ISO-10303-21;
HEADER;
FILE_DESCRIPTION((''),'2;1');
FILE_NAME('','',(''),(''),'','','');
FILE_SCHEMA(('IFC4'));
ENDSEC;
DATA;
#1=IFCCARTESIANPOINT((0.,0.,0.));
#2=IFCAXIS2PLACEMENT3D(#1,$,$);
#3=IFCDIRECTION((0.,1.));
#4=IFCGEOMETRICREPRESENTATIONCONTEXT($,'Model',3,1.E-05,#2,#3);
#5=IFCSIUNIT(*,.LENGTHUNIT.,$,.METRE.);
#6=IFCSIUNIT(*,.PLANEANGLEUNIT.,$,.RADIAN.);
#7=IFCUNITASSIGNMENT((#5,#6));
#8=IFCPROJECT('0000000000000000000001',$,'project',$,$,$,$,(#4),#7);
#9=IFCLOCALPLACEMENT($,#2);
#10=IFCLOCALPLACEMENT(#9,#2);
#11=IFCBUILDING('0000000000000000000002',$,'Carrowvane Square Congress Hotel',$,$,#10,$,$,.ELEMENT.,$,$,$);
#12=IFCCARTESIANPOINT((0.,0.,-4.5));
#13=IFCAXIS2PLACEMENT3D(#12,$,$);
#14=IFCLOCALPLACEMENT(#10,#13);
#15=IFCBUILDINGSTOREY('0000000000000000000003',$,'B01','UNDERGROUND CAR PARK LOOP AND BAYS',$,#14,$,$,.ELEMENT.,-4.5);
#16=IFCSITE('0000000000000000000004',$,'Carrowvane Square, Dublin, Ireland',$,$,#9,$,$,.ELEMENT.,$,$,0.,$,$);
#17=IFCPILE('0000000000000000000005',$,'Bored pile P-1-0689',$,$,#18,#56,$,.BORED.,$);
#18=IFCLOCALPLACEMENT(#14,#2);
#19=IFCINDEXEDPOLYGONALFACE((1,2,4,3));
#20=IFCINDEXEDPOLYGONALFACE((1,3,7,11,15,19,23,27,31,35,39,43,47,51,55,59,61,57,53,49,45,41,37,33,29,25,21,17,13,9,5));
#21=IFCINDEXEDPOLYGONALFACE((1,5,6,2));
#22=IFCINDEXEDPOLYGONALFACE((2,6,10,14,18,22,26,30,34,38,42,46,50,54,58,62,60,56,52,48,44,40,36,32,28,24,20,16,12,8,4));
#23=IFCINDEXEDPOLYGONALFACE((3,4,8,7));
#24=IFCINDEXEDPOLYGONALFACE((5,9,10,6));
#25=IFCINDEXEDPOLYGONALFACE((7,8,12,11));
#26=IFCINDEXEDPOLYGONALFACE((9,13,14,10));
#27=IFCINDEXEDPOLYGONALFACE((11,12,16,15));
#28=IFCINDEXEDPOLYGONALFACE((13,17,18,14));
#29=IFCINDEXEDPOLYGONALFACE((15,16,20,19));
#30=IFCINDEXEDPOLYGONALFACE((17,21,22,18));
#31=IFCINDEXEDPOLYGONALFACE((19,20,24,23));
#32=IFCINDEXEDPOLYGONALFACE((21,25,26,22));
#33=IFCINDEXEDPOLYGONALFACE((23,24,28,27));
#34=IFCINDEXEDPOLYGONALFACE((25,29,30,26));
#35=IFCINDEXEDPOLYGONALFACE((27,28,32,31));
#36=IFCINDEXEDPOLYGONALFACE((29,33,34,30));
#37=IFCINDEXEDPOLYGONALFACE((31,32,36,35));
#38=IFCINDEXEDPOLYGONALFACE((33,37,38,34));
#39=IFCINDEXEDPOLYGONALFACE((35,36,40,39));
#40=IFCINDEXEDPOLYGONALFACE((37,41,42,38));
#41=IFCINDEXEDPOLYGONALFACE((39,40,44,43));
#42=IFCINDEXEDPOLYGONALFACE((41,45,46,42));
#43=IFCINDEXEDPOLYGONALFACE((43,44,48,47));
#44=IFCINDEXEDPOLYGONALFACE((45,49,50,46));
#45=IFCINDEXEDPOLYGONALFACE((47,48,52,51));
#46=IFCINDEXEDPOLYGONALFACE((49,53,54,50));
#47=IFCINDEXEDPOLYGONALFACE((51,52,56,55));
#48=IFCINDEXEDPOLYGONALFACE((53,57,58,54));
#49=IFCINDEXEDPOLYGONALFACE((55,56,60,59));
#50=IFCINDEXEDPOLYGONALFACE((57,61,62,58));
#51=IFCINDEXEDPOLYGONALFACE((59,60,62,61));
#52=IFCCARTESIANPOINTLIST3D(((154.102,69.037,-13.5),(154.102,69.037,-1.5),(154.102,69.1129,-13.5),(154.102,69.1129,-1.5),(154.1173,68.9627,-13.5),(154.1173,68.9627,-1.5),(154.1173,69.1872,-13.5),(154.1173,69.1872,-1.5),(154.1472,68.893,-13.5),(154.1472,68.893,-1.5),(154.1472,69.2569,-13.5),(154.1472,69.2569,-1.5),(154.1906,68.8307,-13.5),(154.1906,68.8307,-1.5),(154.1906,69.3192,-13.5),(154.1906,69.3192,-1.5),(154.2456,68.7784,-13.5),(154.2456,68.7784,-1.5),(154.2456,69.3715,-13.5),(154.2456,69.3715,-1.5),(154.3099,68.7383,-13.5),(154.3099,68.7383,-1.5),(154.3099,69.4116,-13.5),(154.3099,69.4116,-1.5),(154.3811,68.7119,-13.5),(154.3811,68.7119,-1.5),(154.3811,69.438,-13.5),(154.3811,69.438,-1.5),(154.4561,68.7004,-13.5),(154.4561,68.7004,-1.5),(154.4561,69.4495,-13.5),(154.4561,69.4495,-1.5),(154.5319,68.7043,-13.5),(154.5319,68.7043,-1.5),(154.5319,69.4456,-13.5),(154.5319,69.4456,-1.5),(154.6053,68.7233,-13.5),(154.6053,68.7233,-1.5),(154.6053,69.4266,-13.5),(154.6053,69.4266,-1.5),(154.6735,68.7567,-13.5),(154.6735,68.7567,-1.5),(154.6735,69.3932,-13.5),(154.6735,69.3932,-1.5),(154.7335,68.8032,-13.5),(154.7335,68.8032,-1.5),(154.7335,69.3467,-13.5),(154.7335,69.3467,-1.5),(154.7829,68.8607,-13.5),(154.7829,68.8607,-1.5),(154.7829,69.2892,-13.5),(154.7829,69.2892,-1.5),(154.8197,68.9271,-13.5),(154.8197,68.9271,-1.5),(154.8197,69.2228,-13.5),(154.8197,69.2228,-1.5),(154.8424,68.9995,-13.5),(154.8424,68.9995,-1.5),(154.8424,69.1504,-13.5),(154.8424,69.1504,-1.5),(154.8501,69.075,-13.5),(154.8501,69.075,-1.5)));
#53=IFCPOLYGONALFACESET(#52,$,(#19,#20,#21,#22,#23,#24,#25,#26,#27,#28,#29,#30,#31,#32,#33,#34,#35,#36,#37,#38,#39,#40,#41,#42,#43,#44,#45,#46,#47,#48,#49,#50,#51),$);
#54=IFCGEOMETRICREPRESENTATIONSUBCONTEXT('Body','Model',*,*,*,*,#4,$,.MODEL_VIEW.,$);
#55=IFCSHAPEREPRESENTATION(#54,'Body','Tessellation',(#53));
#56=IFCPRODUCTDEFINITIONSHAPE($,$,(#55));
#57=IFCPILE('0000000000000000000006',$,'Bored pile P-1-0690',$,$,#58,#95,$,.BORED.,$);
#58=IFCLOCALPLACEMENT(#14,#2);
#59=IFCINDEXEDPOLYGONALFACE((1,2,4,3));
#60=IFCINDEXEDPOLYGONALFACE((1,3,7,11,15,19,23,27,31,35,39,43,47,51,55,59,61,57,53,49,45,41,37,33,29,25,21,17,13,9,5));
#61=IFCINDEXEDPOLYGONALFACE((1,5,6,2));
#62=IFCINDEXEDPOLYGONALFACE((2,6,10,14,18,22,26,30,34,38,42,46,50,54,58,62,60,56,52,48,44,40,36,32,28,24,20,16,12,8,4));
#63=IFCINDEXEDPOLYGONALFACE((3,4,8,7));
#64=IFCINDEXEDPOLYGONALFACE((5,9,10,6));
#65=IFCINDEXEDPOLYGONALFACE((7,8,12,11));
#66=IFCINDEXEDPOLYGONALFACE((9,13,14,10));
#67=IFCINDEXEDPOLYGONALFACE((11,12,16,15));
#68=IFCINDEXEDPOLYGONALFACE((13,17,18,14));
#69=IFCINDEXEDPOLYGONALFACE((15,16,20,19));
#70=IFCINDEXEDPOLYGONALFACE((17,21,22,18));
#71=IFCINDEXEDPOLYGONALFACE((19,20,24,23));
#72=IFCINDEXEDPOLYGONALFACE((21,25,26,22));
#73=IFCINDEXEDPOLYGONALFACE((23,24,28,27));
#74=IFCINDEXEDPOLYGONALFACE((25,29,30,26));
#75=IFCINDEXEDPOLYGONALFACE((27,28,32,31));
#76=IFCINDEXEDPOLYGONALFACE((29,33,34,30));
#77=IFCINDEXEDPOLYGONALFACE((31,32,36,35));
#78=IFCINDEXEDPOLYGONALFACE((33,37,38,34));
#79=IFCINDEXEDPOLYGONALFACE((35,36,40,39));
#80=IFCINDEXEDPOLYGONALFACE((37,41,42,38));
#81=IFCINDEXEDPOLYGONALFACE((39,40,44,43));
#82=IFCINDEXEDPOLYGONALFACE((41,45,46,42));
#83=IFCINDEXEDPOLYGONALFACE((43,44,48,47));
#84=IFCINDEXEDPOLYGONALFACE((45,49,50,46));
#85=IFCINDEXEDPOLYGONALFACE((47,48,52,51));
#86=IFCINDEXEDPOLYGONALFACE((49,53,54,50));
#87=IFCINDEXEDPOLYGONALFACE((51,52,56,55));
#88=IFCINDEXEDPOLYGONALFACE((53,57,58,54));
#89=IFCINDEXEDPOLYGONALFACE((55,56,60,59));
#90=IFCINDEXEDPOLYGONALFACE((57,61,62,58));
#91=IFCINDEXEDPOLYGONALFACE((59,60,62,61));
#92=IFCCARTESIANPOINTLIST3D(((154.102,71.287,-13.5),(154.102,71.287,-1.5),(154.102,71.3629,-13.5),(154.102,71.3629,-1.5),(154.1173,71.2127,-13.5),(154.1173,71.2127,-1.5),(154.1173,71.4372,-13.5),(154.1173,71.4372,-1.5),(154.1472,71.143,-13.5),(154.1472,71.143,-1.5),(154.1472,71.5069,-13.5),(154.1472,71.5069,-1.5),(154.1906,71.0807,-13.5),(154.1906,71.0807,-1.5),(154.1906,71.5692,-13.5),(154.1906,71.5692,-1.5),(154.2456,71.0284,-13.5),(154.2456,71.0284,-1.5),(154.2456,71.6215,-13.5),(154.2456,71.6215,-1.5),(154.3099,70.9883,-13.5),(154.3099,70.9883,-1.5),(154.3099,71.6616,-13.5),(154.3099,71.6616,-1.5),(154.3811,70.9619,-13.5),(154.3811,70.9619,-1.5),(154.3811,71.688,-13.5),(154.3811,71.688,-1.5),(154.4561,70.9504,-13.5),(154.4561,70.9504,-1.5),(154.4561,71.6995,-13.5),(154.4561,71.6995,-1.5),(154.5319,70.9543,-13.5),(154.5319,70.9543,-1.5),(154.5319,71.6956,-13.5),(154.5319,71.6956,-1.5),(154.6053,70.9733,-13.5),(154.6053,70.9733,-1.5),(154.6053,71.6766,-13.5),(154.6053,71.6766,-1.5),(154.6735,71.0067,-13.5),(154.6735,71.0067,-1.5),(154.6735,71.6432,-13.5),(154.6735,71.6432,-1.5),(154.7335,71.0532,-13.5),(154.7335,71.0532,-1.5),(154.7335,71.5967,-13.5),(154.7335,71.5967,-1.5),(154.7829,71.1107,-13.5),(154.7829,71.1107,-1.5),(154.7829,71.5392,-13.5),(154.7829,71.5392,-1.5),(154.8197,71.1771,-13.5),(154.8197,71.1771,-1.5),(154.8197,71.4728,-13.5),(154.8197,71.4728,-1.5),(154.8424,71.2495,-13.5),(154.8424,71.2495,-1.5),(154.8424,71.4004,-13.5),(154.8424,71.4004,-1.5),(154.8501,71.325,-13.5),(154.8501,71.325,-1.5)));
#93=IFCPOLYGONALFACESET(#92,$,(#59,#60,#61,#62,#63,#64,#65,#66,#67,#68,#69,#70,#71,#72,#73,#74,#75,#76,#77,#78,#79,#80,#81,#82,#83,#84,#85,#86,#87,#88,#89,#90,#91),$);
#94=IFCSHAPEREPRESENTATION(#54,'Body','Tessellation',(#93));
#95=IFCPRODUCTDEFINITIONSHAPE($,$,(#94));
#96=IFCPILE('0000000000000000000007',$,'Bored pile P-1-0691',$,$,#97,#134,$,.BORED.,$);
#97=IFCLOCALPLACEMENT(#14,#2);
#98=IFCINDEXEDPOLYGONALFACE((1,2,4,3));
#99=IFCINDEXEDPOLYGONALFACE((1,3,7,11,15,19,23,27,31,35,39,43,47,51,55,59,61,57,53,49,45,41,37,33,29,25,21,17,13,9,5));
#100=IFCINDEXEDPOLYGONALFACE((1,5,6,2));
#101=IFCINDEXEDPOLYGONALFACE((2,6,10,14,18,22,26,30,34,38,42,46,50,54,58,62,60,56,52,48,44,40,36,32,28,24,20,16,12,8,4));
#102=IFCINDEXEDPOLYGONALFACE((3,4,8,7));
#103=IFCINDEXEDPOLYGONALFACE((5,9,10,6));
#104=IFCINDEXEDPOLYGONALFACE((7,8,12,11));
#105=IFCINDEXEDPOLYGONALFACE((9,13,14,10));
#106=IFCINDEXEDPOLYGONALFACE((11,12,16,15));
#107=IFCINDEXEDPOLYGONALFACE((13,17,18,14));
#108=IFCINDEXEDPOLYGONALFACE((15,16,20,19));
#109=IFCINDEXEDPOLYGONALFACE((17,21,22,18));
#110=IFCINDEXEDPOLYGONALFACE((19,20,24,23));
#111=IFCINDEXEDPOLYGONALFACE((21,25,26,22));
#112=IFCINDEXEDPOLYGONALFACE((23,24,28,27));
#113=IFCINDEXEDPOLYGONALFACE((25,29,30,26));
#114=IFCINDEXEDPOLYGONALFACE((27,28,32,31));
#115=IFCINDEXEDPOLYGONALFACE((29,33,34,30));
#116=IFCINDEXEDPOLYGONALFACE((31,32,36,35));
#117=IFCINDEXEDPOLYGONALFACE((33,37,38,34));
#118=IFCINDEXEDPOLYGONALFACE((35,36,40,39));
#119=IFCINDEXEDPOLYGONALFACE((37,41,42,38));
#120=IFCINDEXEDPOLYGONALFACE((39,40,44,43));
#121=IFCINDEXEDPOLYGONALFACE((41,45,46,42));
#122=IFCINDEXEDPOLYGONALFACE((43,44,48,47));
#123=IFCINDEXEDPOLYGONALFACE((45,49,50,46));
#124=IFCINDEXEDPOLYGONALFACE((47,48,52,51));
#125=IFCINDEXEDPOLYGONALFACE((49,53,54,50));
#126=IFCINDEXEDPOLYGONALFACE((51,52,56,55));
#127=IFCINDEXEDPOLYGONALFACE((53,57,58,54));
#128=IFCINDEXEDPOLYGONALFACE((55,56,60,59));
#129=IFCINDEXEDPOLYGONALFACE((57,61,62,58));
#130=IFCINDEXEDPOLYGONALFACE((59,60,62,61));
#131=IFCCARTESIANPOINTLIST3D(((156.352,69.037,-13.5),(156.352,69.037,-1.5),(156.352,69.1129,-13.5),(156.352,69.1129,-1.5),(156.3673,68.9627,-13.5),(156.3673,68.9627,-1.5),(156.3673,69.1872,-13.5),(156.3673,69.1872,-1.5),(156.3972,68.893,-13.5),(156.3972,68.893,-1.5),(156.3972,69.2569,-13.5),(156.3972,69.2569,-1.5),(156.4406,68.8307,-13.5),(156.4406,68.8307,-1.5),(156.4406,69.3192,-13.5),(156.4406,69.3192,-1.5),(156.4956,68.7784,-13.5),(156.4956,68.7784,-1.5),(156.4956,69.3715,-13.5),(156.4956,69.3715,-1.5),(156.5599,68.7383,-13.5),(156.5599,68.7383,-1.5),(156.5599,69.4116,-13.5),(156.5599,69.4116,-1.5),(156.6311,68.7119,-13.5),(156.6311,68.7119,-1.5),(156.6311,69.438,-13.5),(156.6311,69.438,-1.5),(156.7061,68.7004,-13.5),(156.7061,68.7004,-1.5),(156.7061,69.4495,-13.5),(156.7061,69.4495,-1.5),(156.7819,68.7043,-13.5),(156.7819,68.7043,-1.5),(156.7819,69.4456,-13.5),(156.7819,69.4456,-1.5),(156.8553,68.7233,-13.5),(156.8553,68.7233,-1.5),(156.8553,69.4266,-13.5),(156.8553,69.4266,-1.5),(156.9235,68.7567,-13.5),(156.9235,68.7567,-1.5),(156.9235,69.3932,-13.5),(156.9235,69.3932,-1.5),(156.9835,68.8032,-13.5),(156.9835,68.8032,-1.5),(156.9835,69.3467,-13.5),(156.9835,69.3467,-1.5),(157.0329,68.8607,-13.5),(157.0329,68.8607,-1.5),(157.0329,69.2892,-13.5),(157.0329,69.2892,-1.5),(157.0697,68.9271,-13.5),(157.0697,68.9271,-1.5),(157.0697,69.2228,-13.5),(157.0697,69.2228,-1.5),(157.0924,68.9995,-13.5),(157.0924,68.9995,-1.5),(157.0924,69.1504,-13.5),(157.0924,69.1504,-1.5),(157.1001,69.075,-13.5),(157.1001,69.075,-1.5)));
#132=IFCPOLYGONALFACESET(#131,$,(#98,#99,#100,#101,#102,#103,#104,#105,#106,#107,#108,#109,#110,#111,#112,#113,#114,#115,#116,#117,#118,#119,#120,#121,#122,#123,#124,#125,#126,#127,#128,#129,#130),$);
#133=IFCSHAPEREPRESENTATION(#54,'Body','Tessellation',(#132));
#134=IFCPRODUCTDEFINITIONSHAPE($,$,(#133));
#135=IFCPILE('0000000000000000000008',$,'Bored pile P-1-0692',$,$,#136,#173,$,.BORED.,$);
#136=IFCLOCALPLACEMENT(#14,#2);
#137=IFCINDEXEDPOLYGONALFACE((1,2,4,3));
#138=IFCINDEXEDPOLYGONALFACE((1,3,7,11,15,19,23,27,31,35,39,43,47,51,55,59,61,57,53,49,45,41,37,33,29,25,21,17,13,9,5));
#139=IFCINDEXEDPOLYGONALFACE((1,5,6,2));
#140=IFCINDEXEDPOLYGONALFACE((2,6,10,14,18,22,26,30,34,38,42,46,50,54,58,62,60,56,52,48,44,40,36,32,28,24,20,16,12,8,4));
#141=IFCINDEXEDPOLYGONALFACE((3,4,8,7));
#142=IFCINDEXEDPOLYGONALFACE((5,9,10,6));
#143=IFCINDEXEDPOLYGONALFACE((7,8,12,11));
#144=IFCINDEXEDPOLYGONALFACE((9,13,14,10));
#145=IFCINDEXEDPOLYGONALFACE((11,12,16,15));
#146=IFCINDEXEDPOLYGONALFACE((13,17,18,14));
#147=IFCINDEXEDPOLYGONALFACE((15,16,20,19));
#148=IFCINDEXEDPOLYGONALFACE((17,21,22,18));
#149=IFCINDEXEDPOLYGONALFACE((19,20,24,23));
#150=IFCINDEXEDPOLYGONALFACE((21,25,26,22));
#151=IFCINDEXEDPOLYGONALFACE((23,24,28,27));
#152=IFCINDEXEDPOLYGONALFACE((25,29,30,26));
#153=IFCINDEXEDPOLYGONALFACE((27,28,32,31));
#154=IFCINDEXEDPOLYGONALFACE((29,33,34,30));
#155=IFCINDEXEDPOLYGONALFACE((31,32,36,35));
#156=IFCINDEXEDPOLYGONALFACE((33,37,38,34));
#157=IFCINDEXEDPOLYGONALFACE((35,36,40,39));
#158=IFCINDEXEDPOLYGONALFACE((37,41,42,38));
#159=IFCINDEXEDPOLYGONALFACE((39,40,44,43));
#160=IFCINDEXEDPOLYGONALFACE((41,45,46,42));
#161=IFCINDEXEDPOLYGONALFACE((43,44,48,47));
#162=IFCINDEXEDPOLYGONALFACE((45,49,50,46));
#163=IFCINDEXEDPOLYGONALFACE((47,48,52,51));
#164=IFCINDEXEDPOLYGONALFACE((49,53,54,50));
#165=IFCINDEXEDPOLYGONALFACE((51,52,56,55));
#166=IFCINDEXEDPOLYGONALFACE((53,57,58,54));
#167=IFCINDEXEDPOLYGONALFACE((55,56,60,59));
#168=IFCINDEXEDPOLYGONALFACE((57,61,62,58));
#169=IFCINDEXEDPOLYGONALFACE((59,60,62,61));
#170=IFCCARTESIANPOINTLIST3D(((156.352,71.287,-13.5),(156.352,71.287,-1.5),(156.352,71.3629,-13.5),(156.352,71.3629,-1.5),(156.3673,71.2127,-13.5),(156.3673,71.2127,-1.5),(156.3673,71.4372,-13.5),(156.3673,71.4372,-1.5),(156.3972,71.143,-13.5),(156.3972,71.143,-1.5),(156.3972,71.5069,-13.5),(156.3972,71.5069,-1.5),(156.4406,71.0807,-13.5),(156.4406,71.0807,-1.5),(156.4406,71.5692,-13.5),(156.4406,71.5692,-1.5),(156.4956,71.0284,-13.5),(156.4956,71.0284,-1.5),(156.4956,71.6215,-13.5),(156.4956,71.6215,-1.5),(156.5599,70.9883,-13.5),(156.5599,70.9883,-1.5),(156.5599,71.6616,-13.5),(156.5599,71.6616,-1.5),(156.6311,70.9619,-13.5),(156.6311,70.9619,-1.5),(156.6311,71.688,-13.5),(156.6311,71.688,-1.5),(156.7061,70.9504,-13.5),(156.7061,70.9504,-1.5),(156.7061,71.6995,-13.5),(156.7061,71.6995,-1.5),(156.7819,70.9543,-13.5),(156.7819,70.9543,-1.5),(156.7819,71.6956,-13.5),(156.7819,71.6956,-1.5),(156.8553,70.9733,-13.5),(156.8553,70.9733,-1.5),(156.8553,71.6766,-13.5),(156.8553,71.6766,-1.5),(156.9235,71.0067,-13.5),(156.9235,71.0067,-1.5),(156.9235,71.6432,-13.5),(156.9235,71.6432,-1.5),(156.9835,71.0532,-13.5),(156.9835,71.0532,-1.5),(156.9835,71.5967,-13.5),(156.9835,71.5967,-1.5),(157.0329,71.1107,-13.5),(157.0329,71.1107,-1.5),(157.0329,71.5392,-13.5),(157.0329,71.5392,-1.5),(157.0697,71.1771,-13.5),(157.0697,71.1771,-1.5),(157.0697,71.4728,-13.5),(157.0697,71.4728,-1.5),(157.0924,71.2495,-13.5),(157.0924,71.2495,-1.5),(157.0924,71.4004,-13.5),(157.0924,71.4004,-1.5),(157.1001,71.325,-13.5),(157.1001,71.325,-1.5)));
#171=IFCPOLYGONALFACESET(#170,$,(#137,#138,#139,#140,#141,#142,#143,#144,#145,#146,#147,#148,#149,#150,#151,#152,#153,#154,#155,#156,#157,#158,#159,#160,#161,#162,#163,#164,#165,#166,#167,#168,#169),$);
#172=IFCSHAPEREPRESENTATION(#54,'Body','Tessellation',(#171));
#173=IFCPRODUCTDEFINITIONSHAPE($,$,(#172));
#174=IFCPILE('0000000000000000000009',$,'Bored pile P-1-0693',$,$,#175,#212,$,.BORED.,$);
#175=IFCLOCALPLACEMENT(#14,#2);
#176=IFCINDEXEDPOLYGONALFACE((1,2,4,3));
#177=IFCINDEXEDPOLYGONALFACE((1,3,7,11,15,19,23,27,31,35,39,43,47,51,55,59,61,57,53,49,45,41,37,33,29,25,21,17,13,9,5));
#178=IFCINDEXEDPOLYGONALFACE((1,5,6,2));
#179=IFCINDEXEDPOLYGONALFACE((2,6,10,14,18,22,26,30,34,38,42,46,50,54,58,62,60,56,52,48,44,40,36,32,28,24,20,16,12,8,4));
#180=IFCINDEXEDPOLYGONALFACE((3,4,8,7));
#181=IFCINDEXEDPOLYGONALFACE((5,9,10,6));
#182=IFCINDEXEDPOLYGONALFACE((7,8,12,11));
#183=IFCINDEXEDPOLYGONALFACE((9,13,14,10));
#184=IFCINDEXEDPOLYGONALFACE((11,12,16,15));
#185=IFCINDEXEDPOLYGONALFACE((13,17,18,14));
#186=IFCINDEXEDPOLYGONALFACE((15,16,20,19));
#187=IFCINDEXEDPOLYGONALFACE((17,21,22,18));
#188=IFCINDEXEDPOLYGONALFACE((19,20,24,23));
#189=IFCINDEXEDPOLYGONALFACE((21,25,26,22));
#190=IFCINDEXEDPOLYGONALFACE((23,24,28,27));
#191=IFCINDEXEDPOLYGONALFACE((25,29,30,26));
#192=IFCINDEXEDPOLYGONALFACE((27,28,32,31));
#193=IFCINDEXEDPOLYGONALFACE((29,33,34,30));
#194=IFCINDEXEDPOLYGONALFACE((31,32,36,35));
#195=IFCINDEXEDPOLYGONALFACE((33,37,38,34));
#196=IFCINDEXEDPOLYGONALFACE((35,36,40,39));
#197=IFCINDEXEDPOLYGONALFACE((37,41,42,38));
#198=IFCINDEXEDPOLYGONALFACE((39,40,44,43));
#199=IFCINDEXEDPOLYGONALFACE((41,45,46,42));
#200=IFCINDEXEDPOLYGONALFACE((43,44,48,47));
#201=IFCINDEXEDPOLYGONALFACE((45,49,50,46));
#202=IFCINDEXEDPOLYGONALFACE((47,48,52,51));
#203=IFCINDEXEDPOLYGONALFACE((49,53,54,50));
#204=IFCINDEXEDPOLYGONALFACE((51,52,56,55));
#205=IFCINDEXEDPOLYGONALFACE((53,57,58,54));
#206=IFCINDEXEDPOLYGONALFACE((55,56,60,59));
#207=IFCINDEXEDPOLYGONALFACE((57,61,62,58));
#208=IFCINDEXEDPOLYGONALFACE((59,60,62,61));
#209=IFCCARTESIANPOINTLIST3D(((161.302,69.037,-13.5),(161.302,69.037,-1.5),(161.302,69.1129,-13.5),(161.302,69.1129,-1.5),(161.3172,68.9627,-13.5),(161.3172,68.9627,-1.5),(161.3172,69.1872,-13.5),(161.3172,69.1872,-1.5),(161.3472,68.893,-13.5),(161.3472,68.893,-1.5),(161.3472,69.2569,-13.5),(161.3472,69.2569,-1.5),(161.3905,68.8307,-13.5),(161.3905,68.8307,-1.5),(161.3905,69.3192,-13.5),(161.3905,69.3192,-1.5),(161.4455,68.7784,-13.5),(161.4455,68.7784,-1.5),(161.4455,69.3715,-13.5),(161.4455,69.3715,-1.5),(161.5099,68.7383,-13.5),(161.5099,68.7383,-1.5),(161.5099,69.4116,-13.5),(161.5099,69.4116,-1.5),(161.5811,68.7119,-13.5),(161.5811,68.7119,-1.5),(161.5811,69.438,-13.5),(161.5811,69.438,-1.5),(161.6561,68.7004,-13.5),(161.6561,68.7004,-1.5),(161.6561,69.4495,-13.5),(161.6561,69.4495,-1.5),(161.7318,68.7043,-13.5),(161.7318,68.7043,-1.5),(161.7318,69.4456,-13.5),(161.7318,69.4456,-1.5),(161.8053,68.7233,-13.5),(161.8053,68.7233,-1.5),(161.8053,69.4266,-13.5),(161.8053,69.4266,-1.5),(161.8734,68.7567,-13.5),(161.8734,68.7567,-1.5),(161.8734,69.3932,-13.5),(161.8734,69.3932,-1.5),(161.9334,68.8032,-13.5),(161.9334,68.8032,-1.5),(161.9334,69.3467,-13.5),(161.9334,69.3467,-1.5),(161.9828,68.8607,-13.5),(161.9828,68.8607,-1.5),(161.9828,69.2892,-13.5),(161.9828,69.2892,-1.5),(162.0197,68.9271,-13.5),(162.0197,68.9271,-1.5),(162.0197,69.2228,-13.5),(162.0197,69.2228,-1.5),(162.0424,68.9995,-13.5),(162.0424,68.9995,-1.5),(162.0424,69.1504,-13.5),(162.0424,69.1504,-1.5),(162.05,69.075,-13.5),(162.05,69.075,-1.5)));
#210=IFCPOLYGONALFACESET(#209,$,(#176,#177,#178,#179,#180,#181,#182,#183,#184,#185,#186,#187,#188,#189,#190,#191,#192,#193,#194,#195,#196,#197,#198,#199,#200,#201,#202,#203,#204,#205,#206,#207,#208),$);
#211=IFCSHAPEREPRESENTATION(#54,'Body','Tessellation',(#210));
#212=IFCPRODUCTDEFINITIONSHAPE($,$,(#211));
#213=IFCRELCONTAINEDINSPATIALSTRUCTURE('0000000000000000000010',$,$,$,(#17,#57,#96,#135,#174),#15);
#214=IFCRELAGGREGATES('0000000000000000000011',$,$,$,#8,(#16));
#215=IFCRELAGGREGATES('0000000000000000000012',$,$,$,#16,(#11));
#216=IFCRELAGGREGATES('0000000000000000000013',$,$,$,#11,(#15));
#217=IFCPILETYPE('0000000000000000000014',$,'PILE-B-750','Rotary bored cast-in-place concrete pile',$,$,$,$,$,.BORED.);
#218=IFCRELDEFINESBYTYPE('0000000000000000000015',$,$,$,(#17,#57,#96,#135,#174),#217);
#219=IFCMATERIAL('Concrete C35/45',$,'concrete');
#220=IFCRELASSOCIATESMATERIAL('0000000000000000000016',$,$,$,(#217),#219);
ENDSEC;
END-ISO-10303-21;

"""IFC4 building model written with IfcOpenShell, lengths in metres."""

from ifc_helpers import new_model, si_unit, direction, frame, origin, origin_2d, place, context, subcontext, project, spatial, circle, extrude, material, material_profile, profile_set, type_object, element, save


model = new_model("IFC4")

# Units and contexts
model_context = context("Model", 3, precision=1e-05, world=origin(), true_north=direction((0.0, 1.0)))
body_context = subcontext(model_context, "Body", "Model", "MODEL_VIEW")
ifc_project = project(units=[si_unit("LENGTHUNIT", "METRE"), si_unit("PLANEANGLEUNIT", "RADIAN")], contexts=[model_context])

# Site, building, storey
site_placement = place(None, origin())
site = spatial("IfcSite", under=ifc_project, at=site_placement, Name="Carrowvane Square, Dublin, Ireland", CompositionType="ELEMENT", RefElevation=0.0)
building_placement = place(site_placement, origin())
building = spatial("IfcBuilding", under=site, at=building_placement, Name="Carrowvane Square Congress Hotel", CompositionType="ELEMENT")
storey_placement = place(building_placement, frame((0.0, 0.0, -4.5)))
storey = spatial("IfcBuildingStorey", under=building, at=storey_placement, Name="B01", Description="UNDERGROUND CAR PARK LOOP AND BAYS", CompositionType="ELEMENT", Elevation=-4.5)

# Piles
ifc_material_1 = material(Name="Concrete C35/45", Category="concrete")
ifc_material_profile_1 = material_profile(ifc_material_1, circle(Radius=0.375, at=origin_2d()), Name="PILE D750")
ifc_profile_set_1 = profile_set([ifc_material_profile_1], Name="Concrete C35/45")
pile_type = type_object("IfcPileType", Name="PILE-B-750", Description="Rotary bored cast-in-place concrete pile", PredefinedType="BORED", material=ifc_profile_set_1)
for number, where, z_axis, x_axis, name in (
    (1, (154.4751, 69.075, -1.5), (0.0, 0.0, -1.0), (1.0, 0.0, 0.0), "Bored pile P-1-0689"),
    (2, (154.4751, 71.325, -1.5), (0.0, 0.0, -1.0), (1.0, 0.0, 0.0), "Bored pile P-1-0690"),
    (3, (156.7251, 69.075, -1.5), (0.0, 0.0, -1.0), (1.0, 0.0, 0.0), "Bored pile P-1-0691"),
    (4, (156.7251, 71.325, -1.5), (0.0, 0.0, -1.0), (1.0, 0.0, 0.0), "Bored pile P-1-0692"),
    (5, (161.675, 69.075, -1.5), (0.0, 0.0, -1.0), (1.0, 0.0, 0.0), "Bored pile P-1-0693"),
):
    element("IfcPile", number, at=place(storey_placement, frame(where, z_axis=z_axis, x_axis=x_axis)), inside=storey, type_object=pile_type, Name=name, PredefinedType="BORED", context=body_context, shape_type="SweptSolid", body=[
        extrude(circle(Radius=0.375, at=origin_2d()), origin(), (0.0, 0.0, 1.0), 12.0),
    ])

save(model, "model.ifc")
